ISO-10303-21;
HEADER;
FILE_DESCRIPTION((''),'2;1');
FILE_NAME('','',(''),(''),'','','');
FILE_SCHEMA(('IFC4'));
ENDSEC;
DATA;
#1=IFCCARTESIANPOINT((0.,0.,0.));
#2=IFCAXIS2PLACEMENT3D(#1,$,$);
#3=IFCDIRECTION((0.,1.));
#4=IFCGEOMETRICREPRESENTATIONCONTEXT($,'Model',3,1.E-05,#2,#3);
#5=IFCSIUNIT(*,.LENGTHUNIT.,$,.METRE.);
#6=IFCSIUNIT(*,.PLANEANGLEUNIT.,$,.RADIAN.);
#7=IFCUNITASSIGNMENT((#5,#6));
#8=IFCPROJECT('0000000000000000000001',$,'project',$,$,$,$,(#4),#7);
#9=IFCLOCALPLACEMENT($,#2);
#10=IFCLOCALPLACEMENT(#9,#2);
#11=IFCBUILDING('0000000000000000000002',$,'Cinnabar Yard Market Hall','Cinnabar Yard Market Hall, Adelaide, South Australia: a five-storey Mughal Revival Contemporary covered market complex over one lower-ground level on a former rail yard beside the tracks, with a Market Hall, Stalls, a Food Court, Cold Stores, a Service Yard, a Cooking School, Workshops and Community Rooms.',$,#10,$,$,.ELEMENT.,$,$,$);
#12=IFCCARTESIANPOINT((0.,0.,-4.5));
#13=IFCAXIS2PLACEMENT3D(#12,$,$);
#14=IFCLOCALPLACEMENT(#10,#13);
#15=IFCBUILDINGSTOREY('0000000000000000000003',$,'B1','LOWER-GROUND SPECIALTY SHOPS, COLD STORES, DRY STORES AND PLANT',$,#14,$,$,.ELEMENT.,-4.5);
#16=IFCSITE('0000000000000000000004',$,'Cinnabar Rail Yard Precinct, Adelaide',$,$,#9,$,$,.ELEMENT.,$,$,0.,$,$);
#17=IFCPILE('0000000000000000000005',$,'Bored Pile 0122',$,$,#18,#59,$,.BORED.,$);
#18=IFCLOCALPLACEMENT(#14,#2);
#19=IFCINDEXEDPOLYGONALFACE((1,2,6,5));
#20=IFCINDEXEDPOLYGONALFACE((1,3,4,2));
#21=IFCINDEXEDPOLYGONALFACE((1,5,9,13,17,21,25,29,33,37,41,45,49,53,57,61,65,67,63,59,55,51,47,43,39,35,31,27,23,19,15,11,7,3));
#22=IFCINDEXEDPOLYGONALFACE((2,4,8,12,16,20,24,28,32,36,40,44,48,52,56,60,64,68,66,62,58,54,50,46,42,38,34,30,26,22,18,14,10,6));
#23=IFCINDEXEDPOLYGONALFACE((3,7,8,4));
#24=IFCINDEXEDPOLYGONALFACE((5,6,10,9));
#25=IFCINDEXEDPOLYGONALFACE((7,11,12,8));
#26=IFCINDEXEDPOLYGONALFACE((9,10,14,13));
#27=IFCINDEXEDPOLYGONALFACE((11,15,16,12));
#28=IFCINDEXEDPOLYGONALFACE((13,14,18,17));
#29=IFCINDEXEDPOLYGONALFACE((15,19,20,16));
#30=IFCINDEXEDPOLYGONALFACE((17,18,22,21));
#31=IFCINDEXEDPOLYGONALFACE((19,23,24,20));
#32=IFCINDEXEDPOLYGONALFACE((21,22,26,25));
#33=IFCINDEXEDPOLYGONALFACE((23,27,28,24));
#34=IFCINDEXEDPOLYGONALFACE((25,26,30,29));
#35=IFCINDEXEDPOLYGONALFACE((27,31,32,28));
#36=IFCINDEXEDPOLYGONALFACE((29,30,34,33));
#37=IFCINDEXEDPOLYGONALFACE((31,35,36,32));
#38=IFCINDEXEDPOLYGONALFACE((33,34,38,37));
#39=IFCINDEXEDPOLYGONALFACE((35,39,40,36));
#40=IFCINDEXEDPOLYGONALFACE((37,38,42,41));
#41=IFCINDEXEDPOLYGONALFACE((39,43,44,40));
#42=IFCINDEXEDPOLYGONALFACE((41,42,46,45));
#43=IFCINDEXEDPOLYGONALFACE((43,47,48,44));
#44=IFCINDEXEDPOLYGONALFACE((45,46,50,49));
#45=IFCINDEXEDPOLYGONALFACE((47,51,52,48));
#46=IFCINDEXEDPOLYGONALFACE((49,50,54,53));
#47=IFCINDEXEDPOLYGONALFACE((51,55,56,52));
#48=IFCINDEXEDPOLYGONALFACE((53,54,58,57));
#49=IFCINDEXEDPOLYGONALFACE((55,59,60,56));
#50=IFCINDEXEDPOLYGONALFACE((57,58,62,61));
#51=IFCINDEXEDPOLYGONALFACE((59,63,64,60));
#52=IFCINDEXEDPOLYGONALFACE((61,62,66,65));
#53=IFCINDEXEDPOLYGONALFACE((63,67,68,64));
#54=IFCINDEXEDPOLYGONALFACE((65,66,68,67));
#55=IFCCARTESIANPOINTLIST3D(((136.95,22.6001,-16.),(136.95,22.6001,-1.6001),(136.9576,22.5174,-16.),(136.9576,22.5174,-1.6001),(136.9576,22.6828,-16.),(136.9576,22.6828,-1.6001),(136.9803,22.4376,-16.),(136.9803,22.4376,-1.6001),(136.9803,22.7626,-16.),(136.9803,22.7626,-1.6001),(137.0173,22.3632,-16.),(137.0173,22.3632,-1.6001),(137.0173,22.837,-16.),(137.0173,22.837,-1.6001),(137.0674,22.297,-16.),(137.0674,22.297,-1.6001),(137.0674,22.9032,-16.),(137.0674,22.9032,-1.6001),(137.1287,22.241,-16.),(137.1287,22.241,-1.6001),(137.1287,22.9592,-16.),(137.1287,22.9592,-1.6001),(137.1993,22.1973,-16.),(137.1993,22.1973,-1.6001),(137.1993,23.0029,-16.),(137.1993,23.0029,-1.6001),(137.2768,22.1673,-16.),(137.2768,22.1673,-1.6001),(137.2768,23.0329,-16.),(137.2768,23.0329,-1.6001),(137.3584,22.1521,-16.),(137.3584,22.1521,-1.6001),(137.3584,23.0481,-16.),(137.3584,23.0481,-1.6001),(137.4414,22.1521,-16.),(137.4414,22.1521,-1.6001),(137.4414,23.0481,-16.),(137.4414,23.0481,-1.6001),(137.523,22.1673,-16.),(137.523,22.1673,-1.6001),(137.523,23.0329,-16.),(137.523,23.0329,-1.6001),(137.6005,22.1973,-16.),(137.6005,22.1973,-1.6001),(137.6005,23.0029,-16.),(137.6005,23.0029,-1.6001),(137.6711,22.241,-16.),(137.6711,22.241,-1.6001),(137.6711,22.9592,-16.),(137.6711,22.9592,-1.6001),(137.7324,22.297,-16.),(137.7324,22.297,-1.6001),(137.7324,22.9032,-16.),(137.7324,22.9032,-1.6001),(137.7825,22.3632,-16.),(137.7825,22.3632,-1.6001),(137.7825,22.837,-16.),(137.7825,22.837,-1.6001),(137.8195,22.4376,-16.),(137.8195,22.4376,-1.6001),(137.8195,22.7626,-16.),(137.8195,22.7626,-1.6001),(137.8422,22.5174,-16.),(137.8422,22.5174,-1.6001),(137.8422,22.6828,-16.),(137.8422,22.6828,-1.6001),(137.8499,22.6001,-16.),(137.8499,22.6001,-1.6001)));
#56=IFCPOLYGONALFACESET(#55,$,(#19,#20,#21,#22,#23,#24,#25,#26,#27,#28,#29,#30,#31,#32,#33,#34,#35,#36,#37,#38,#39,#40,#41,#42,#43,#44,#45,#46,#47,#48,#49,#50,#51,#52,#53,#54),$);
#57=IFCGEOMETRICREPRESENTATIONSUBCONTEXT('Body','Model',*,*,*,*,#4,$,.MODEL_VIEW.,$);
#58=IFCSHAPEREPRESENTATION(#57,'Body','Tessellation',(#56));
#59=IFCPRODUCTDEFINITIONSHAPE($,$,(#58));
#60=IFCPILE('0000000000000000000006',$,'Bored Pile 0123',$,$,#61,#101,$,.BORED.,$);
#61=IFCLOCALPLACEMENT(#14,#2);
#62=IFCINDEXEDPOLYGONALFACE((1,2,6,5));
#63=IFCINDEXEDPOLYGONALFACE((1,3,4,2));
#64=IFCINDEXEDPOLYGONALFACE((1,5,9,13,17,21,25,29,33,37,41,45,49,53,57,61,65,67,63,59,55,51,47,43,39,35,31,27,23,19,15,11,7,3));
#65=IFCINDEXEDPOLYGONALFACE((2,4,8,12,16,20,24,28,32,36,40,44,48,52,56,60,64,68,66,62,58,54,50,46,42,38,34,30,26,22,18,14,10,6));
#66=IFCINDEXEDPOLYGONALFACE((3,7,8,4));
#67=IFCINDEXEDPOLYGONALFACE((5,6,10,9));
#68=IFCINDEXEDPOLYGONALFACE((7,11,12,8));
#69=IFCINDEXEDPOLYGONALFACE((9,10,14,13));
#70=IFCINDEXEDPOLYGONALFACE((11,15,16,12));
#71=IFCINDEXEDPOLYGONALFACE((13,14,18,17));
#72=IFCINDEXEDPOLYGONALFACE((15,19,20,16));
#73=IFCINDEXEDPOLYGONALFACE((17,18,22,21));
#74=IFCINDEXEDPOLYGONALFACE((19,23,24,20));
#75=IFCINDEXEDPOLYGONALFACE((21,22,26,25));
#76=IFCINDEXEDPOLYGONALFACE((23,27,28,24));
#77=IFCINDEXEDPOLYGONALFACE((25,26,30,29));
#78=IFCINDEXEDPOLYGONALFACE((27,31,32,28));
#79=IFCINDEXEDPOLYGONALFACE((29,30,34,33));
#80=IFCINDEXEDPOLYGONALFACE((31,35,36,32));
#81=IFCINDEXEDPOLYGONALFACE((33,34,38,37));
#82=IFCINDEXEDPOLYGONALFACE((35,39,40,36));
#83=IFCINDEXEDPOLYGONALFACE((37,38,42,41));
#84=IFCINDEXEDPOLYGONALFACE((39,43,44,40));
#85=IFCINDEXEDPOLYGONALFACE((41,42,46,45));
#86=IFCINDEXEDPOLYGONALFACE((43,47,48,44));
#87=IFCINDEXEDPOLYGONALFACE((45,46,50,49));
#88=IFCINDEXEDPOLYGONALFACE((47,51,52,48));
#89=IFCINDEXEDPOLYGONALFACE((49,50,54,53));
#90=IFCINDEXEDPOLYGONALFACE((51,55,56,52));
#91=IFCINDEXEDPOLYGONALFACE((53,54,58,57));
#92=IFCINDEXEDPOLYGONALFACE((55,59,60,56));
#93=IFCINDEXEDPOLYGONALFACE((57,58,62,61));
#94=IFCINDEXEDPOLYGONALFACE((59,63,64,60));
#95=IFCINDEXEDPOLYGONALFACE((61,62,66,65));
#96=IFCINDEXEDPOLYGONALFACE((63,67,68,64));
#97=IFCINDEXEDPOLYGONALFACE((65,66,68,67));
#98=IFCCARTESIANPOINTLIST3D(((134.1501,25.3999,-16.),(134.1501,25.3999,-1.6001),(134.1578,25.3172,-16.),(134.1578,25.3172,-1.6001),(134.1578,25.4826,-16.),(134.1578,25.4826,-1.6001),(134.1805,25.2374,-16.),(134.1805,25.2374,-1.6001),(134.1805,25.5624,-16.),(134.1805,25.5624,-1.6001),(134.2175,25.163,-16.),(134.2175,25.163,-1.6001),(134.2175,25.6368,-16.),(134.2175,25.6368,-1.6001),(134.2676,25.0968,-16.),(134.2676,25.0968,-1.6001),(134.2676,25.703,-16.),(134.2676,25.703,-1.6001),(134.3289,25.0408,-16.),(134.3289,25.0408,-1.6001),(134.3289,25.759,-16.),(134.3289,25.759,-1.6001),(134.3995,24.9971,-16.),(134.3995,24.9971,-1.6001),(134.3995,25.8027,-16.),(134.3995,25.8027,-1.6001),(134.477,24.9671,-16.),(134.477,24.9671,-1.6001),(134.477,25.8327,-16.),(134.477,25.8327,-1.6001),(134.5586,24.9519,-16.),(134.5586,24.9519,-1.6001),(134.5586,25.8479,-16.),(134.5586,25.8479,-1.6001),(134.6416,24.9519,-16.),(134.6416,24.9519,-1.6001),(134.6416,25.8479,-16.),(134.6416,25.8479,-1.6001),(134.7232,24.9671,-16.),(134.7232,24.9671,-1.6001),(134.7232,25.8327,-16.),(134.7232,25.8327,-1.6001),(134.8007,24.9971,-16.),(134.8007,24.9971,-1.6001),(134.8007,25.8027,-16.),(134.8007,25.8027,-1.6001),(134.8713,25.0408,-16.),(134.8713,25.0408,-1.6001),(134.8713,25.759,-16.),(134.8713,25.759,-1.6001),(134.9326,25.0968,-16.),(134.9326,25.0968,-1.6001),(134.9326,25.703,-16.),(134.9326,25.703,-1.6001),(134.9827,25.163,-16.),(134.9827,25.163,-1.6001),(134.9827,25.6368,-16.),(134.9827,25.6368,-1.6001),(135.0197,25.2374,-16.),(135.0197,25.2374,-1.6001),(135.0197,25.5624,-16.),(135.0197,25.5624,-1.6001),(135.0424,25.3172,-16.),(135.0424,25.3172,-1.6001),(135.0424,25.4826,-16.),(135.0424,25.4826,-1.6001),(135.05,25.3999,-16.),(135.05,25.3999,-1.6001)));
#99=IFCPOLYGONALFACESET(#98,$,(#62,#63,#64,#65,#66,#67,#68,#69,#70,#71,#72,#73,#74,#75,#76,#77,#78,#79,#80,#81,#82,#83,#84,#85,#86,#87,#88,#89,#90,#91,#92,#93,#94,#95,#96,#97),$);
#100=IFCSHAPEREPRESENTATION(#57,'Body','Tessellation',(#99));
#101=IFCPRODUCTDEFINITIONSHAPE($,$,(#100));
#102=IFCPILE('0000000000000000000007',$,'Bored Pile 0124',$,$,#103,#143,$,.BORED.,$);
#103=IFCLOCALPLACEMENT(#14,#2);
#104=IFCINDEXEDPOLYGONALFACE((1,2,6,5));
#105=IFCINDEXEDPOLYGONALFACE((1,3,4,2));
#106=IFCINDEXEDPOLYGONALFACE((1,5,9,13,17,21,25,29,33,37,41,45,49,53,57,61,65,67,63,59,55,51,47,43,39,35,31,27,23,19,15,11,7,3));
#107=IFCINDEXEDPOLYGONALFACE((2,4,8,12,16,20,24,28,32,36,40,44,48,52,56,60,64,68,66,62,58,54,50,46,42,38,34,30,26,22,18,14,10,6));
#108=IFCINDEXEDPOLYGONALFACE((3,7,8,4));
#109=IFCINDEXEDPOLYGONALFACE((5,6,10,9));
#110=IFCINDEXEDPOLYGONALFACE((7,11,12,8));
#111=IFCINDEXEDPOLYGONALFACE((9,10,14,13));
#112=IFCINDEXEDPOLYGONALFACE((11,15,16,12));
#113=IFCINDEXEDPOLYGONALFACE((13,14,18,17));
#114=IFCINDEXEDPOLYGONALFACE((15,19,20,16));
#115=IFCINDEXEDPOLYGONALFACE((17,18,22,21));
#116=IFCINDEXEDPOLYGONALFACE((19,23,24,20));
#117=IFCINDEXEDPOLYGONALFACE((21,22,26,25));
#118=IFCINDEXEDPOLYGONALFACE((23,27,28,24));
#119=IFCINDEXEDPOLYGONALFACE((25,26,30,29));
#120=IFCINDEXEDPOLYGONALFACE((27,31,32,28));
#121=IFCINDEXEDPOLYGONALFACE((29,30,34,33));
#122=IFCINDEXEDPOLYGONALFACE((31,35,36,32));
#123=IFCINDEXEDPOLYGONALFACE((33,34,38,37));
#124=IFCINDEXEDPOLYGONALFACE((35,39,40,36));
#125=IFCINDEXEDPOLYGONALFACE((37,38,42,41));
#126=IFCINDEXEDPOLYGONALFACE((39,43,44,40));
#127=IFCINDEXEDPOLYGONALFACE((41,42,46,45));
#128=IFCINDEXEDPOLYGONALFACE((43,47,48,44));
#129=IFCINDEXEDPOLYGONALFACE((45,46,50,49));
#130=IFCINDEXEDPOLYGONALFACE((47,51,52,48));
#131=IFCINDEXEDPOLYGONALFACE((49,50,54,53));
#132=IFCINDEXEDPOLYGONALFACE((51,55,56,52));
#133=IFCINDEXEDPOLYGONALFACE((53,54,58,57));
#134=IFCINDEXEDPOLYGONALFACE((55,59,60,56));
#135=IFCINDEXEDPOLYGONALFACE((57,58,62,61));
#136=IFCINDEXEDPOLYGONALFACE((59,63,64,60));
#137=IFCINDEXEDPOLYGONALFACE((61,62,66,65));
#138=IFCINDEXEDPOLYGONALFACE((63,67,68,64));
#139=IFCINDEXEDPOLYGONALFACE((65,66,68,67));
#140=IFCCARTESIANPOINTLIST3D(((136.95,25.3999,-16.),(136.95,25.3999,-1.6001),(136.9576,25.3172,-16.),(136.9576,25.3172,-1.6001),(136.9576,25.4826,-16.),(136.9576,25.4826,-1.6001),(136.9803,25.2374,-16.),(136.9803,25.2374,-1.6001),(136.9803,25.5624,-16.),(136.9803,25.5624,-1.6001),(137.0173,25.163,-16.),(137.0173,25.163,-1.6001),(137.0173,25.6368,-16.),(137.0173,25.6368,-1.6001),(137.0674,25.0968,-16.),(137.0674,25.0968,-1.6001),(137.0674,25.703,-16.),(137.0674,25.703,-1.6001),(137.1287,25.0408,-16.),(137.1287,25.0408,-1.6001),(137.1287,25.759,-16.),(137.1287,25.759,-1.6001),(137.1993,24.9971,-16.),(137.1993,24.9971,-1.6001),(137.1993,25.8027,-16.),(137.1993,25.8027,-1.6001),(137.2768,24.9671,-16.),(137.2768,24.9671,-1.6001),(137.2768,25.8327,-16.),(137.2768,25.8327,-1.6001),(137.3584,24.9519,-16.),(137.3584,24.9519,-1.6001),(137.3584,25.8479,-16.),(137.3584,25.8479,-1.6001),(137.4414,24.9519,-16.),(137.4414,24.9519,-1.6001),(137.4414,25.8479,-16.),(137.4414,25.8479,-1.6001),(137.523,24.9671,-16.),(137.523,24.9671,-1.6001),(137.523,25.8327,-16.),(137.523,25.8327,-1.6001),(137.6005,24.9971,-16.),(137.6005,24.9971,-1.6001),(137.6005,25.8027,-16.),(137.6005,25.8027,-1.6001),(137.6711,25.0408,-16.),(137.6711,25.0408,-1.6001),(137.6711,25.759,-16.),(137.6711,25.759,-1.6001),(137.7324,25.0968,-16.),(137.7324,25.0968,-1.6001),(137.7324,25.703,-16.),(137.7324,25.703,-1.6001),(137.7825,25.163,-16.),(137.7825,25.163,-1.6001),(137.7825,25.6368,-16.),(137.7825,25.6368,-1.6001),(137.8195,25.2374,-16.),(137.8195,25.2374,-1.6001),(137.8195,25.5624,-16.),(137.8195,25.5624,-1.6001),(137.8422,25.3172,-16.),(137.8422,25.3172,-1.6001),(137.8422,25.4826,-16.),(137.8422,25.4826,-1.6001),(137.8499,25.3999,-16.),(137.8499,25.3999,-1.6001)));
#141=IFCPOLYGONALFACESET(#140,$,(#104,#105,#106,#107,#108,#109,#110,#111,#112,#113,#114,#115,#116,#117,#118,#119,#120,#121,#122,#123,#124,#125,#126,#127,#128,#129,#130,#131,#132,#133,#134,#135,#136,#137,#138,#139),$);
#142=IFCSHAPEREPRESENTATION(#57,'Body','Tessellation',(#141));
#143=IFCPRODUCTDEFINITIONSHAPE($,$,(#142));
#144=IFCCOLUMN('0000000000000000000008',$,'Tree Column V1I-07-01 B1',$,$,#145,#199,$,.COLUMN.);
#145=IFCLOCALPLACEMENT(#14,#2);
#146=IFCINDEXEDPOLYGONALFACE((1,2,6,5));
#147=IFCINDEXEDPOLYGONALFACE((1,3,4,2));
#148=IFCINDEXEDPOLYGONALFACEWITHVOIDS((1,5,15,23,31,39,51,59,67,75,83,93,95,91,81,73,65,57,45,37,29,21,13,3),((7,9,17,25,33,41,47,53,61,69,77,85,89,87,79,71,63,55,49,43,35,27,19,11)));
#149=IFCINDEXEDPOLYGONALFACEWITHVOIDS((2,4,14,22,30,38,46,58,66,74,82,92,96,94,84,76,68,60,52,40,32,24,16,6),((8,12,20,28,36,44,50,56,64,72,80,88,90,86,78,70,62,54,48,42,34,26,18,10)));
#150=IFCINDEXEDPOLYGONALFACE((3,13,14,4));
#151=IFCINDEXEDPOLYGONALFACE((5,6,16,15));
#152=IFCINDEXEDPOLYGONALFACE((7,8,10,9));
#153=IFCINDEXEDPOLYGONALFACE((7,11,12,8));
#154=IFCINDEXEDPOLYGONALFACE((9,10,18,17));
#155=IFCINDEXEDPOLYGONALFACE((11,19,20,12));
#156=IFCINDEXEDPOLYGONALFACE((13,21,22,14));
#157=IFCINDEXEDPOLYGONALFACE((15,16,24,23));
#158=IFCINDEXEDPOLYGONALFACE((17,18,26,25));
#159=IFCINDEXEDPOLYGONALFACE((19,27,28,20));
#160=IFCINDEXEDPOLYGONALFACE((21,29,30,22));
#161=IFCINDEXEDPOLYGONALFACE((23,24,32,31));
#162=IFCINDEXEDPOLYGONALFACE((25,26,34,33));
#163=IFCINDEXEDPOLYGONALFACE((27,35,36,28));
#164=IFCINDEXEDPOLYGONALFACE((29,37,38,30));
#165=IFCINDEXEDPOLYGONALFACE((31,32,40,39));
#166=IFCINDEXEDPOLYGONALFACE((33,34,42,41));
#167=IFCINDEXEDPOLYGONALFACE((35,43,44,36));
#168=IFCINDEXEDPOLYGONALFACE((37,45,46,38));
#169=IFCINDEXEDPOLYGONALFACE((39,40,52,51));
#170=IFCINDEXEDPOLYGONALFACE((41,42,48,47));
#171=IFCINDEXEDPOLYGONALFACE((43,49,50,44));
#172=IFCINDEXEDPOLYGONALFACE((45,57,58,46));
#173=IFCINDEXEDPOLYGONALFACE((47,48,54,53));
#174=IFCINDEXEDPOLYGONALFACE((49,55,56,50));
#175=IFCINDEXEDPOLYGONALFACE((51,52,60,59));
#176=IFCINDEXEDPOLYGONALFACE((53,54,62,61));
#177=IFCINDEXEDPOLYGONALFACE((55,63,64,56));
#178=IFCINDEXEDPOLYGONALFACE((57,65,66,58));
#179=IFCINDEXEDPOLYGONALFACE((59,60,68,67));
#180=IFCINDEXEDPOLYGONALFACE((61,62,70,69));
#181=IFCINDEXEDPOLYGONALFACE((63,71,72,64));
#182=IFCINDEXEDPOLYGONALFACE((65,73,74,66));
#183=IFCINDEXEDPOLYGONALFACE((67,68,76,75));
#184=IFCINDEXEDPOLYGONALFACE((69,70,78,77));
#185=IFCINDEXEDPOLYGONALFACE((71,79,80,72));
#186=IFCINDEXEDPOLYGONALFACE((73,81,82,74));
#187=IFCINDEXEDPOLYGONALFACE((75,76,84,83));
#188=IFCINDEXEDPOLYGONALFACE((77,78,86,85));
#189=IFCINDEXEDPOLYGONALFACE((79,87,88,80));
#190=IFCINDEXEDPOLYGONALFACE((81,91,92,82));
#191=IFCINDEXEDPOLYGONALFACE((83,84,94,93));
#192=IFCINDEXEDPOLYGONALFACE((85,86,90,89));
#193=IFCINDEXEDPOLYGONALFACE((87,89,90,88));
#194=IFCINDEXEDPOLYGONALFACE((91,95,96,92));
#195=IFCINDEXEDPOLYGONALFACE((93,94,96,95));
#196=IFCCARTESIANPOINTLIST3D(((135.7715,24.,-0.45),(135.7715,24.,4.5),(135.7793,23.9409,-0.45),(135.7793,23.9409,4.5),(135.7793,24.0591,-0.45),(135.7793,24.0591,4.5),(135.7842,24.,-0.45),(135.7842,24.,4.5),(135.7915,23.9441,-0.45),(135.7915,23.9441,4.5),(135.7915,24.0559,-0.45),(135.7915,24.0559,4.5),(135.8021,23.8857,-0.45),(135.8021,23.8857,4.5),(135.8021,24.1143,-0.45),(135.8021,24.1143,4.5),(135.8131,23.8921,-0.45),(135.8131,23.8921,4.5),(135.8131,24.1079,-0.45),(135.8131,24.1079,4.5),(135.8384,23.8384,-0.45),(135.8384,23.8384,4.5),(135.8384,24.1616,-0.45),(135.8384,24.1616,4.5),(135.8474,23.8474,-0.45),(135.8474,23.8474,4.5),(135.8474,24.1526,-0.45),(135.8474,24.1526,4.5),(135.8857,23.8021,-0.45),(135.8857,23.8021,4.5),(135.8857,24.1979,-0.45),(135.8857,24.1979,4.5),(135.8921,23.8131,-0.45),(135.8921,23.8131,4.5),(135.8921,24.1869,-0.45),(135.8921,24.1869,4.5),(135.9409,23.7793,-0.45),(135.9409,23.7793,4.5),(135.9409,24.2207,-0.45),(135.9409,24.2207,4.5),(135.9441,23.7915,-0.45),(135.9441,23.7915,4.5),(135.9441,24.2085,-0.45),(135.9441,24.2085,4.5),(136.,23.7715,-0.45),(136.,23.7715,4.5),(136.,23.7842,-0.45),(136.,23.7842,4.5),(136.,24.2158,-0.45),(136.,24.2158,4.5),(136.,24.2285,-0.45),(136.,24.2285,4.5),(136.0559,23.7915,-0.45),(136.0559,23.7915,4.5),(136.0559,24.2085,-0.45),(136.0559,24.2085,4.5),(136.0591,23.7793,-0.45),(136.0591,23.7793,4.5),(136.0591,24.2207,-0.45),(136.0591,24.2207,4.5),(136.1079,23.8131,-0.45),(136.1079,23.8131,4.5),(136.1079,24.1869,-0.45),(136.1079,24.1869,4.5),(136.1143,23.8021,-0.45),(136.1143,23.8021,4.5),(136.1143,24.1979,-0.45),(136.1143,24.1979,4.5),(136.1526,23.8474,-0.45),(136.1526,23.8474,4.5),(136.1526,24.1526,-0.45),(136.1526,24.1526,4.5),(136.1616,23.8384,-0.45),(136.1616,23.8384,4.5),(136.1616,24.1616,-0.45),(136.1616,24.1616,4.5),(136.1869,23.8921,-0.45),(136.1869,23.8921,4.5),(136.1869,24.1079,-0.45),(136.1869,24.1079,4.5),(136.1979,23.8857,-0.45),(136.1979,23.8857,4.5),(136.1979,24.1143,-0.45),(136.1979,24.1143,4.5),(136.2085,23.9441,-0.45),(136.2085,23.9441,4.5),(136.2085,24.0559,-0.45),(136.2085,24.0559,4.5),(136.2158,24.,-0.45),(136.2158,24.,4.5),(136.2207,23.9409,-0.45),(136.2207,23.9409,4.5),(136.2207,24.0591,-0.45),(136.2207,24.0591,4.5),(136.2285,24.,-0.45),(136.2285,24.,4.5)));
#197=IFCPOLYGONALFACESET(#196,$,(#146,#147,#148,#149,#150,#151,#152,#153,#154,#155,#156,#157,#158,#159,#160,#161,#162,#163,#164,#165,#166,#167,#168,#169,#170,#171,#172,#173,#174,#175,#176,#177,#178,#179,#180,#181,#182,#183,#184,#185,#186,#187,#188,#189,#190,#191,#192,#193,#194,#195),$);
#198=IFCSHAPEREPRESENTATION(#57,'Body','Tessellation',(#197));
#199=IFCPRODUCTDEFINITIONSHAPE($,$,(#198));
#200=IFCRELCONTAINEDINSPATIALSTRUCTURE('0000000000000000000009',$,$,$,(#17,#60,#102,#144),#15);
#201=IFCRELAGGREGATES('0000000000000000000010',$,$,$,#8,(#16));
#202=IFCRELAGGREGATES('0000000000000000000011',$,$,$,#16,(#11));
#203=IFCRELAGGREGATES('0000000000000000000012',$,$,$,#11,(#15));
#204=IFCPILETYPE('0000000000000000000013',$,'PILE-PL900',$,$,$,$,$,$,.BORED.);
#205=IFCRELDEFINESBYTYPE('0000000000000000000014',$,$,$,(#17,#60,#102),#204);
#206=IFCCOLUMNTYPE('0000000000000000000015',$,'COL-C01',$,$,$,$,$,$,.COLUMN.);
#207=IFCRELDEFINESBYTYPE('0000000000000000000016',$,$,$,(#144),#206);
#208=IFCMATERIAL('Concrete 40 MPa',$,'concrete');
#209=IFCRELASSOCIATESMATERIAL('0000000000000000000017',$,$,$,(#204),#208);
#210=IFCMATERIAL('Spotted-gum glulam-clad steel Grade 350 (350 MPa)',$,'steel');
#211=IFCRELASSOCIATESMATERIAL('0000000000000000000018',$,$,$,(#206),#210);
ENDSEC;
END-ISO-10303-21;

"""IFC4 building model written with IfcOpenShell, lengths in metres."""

from ifc_helpers import new_model, si_unit, direction, frame, origin, origin_2d_with_axis, place, context, subcontext, project, spatial, circle, hollow_circle, extrude, material, material_profile, profile_set, type_object, element, save


model = new_model("IFC4")

# Units and contexts
model_context = context("Model", 3, precision=1e-05, world=origin(), true_north=direction((0.0, 1.0)))
body_context = subcontext(model_context, "Body", "Model", "MODEL_VIEW")
ifc_project = project(units=[si_unit("LENGTHUNIT", "METRE"), si_unit("PLANEANGLEUNIT", "RADIAN")], contexts=[model_context])

# Site, building, storey
site_placement = place(None, origin())
site = spatial("IfcSite", under=ifc_project, at=site_placement, Name="Cinnabar Rail Yard Precinct, Adelaide", CompositionType="ELEMENT", RefElevation=0.0)
building_placement = place(site_placement, origin())
building = spatial("IfcBuilding", under=site, at=building_placement, Name="Cinnabar Yard Market Hall", Description="Cinnabar Yard Market Hall, Adelaide, South Australia: a five-storey Mughal Revival Contemporary covered market complex over one lower-ground level on a former rail yard beside the tracks, with a Market Hall, Stalls, a Food Court, Cold Stores, a Service Yard, a Cooking School, Workshops and Community Rooms.", CompositionType="ELEMENT")
storey_placement = place(building_placement, frame((0.0, 0.0, -4.5)))
storey = spatial("IfcBuildingStorey", under=building, at=storey_placement, Name="B1", Description="LOWER-GROUND SPECIALTY SHOPS, COLD STORES, DRY STORES AND PLANT", CompositionType="ELEMENT", Elevation=-4.5)

# Shared definitions
ifc_material_1 = material(Name="Concrete 40 MPa", Category="concrete")

# Piles
ifc_material_profile_1 = material_profile(ifc_material_1, circle(Radius=0.45, at=origin_2d_with_axis()), Name="PILE-D900")
ifc_profile_set_1 = profile_set([ifc_material_profile_1], Name="Concrete 40 MPa")
pile_type_1 = type_object("IfcPileType", Name="PILE-PL900", PredefinedType="BORED", material=ifc_profile_set_1)
for number, where, z_axis, x_axis, name in (
    (1, (137.3999, 22.6001, -1.6001), (0.0, 0.0, -1.0), (1.0, 0.0, 0.0), "Bored Pile 0122"),
    (2, (134.6001, 25.3999, -1.6001), (0.0, 0.0, -1.0), (1.0, 0.0, 0.0), "Bored Pile 0123"),
    (3, (137.3999, 25.3999, -1.6001), (0.0, 0.0, -1.0), (1.0, 0.0, 0.0), "Bored Pile 0124"),
):
    element("IfcPile", number, at=place(storey_placement, frame(where, z_axis=z_axis, x_axis=x_axis)), inside=storey, type_object=pile_type_1, Name=name, PredefinedType="BORED", context=body_context, shape_type="SweptSolid", body=[
        extrude(circle(Radius=0.45, at=origin_2d_with_axis()), origin(), (0.0, 0.0, 1.0), 14.3999),
    ])

# Column
ifc_material_2 = material(Name="Spotted-gum glulam-clad steel Grade 350 (350 MPa)", Category="steel")
ifc_material_profile_2 = material_profile(ifc_material_2, hollow_circle(Radius=0.2285, WallThickness=0.0127, at=origin_2d_with_axis()), Name="457.0x12.7CHS")
ifc_profile_set_2 = profile_set([ifc_material_profile_2], Name="Spotted-gum glulam-clad steel Grade 350 (350 MPa)")
column_type_1 = type_object("IfcColumnType", Name="COL-C01", PredefinedType="COLUMN", material=ifc_profile_set_2)
column_1_placement = place(storey_placement, frame((136.0, 24.0, -0.45), z_axis=(0.0, 0.0, 1.0), x_axis=(1.0, 0.0, 0.0)))
element("IfcColumn", 4, at=column_1_placement, inside=storey, type_object=column_type_1, Name="Tree Column V1I-07-01 B1", PredefinedType="COLUMN", context=body_context, shape_type="SweptSolid", body=[
    extrude(hollow_circle(Radius=0.2285, WallThickness=0.0127, at=origin_2d_with_axis()), origin(), (0.0, 0.0, 1.0), 4.95),
])

save(model, "model.ifc")
